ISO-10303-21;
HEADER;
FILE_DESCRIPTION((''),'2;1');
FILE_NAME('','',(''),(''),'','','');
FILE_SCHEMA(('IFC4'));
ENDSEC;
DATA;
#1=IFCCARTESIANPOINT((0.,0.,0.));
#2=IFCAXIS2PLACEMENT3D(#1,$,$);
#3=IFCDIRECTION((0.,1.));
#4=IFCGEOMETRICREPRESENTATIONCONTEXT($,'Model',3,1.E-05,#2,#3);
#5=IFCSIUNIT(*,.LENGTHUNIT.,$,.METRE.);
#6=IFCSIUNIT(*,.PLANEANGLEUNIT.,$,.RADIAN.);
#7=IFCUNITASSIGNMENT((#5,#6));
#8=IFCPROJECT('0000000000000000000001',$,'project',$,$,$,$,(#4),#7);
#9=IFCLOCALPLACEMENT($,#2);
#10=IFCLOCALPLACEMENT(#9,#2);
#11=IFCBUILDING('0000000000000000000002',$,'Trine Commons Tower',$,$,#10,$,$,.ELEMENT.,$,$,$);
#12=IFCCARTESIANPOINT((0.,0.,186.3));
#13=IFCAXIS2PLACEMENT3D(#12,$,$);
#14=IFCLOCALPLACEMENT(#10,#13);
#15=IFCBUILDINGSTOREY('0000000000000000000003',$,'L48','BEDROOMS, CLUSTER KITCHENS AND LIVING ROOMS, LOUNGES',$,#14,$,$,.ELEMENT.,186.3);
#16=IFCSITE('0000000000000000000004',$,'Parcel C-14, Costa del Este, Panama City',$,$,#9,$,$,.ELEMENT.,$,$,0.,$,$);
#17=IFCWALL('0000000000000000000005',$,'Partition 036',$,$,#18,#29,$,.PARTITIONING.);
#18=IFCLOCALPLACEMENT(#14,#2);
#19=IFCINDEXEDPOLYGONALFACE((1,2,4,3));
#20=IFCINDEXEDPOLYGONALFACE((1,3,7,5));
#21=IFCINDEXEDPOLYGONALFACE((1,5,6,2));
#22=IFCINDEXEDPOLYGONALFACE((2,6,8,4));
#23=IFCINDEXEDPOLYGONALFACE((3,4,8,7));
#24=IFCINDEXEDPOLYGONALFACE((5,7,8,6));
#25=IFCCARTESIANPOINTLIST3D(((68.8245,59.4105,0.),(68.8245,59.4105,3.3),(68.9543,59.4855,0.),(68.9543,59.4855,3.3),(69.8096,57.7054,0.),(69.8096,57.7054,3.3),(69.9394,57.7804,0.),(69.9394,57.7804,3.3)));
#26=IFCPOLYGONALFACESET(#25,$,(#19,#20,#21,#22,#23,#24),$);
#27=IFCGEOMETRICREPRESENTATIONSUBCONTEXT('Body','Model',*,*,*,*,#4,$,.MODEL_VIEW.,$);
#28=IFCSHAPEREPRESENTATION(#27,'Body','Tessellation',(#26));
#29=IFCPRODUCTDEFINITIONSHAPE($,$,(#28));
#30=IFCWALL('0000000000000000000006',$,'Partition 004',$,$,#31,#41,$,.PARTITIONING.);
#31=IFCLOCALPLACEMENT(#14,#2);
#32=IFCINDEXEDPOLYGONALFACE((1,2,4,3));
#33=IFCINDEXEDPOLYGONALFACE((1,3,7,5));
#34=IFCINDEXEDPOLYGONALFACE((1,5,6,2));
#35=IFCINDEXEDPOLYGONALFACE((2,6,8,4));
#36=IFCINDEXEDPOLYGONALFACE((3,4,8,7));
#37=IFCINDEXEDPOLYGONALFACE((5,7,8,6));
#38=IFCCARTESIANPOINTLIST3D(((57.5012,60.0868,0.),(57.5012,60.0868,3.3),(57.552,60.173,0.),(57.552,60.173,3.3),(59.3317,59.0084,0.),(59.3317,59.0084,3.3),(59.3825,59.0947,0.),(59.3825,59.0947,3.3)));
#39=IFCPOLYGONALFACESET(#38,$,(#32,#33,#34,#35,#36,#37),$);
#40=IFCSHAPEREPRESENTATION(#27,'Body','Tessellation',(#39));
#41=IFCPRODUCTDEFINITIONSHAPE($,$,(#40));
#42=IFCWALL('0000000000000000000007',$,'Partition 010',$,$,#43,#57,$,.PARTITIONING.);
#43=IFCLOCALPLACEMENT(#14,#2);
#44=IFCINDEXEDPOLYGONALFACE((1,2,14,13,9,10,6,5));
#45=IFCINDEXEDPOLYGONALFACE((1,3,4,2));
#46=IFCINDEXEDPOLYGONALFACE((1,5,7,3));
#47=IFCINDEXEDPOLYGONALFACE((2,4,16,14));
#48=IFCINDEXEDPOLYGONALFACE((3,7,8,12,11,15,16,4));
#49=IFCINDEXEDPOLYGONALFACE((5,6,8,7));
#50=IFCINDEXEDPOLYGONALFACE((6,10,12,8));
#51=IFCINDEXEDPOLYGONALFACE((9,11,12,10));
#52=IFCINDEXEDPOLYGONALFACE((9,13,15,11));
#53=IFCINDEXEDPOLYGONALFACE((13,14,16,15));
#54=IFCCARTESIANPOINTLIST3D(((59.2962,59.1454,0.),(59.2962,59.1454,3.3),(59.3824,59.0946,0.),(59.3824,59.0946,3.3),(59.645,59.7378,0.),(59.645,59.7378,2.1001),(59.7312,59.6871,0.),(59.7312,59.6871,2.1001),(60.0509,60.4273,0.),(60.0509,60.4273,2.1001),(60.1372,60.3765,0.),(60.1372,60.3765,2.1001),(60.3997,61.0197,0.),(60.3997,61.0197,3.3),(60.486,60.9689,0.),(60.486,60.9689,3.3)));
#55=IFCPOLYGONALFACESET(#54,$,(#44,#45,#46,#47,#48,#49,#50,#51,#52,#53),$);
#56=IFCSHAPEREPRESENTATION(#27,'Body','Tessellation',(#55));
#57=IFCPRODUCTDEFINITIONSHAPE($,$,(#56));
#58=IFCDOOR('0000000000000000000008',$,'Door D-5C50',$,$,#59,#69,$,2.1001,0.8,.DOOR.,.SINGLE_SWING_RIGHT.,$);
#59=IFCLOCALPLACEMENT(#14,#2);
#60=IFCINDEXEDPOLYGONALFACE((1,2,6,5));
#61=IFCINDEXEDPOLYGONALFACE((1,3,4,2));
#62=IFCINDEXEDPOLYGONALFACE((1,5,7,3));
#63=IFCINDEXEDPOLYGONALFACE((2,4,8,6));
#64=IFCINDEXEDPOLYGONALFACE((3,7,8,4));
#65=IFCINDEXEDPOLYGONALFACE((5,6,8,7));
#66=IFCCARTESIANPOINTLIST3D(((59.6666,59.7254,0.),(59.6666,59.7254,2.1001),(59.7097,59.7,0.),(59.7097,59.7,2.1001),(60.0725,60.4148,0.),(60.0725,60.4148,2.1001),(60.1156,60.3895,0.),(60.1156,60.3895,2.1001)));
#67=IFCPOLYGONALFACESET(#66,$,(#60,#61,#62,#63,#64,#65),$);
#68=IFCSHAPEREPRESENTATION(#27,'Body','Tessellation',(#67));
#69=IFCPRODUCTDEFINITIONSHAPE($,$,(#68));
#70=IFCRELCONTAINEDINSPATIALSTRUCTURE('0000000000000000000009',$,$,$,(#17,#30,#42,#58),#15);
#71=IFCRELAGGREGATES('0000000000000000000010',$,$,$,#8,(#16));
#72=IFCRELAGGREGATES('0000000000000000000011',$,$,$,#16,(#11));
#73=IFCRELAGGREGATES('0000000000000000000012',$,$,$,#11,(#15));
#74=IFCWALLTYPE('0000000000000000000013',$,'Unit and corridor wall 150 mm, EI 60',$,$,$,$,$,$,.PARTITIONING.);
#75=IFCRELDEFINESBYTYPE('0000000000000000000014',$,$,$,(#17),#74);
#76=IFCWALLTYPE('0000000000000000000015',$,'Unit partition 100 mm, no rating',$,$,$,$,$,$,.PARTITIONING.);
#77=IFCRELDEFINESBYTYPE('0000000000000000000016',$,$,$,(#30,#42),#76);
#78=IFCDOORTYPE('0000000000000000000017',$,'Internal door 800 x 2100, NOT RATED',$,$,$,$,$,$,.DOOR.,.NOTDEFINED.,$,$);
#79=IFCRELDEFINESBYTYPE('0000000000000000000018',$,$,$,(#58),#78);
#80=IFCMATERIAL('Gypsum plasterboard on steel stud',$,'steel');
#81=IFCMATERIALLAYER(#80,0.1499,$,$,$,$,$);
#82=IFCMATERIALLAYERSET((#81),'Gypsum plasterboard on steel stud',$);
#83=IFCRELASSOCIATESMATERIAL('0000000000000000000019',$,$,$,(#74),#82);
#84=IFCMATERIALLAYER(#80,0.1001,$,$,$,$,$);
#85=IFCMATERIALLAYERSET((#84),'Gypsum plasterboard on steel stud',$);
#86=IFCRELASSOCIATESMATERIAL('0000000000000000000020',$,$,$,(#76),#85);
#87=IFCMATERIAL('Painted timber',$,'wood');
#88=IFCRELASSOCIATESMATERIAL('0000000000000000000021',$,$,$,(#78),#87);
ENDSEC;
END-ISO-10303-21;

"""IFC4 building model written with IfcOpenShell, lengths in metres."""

from ifc_helpers import new_model, si_unit, direction, frame, frame_2d, origin, place, context, subcontext, project, spatial, rectangle, extrude, material, layer, layer_set, type_object, element, fill, save


model = new_model("IFC4")

# Units and contexts
model_context = context("Model", 3, precision=1e-05, world=origin(), true_north=direction((0.0, 1.0)))
body_context = subcontext(model_context, "Body", "Model", "MODEL_VIEW")
ifc_project = project(units=[si_unit("LENGTHUNIT", "METRE"), si_unit("PLANEANGLEUNIT", "RADIAN")], contexts=[model_context])

# Site, building, storey
site_placement = place(None, origin())
site = spatial("IfcSite", under=ifc_project, at=site_placement, Name="Parcel C-14, Costa del Este, Panama City", CompositionType="ELEMENT", RefElevation=0.0)
building_placement = place(site_placement, origin())
building = spatial("IfcBuilding", under=site, at=building_placement, Name="Trine Commons Tower", CompositionType="ELEMENT")
storey_placement = place(building_placement, frame((0.0, 0.0, 186.3)))
storey = spatial("IfcBuildingStorey", under=building, at=storey_placement, Name="L48", Description="BEDROOMS, CLUSTER KITCHENS AND LIVING ROOMS, LOUNGES", CompositionType="ELEMENT", Elevation=186.3)

# Shared definitions
ifc_material_1 = material(Name="Gypsum plasterboard on steel stud", Category="steel")
ifc_layer_1 = layer(ifc_material_1, 0.1499)
ifc_layer_set_1 = layer_set([ifc_layer_1], Name="Gypsum plasterboard on steel stud")
wall_type_1 = type_object("IfcWallType", Name="Unit and corridor wall 150 mm, EI 60", PredefinedType="PARTITIONING", material=ifc_layer_set_1)

# Shared definitions
ifc_material_2 = material(Name="Painted timber", Category="wood")

# Walls
wall_1_placement = place(storey_placement, frame((68.8894, 59.448, 0.0), z_axis=(0.0, 0.0, 1.0), x_axis=(0.500259, -0.865876, 0.0)))
element("IfcWall", 1, at=wall_1_placement, inside=storey, type_object=wall_type_1, Name="Partition 036", PredefinedType="PARTITIONING", context=body_context, shape_type="SweptSolid", body=[
    extrude(rectangle(XDim=1.9692, YDim=0.1499, at=frame_2d((0.9846, 0.0))), origin(), (0.0, 0.0, 1.0), 3.3),
])
ifc_layer_2 = layer(ifc_material_1, 0.1001)
ifc_layer_set_2 = layer_set([ifc_layer_2], Name="Gypsum plasterboard on steel stud")
wall_type_2 = type_object("IfcWallType", Name="Unit partition 100 mm, no rating", PredefinedType="PARTITIONING", material=ifc_layer_set_2)
wall_2_placement = place(storey_placement, frame((57.5266, 60.1299, 0.0), z_axis=(0.0, 0.0, 1.0), x_axis=(0.861612, -0.507567, 0.0)))
element("IfcWall", 2, at=wall_2_placement, inside=storey, type_object=wall_type_2, Name="Partition 004", PredefinedType="PARTITIONING", context=body_context, shape_type="SweptSolid", body=[
    extrude(rectangle(XDim=2.1245, YDim=0.1001, at=frame_2d((1.0623, 0.0))), origin(), (0.0, 0.0, 1.0), 3.3),
])

# Wall, opening, door
wall_3_placement = place(storey_placement, frame((59.3394, 59.1201, 0.0), z_axis=(0.0, 0.0, 1.0), x_axis=(0.507363, 0.861732, 0.0)))
wall_3 = element("IfcWall", 3, at=wall_3_placement, inside=storey, type_object=wall_type_2, Name="Partition 010", PredefinedType="PARTITIONING", context=body_context, shape_type="SweptSolid", body=[
    extrude(rectangle(XDim=2.175, YDim=0.1001, at=frame_2d((1.0874, 0.0))), origin(), (0.0, 0.0, 1.0), 3.3),
])
opening_1_placement = place(wall_3_placement, frame((0.6875, 0.0, 0.0)))
opening_1 = element("IfcOpeningElement", 4, at=opening_1_placement, cuts=wall_3, PredefinedType="OPENING", context=body_context, shape_type="SweptSolid", body=[
    extrude(rectangle(XDim=0.8, YDim=2.1001, at=frame_2d((0.3999, 1.05))), frame((0.0, 0.0601, 0.0), z_axis=(0.0, -1.0, 0.0), x_axis=(1.0, 0.0, 0.0)), (0.0, 0.0, 1.0), 0.1201),
])
door_type_1 = type_object("IfcDoorType", Name="Internal door 800 x 2100, NOT RATED", OperationType="NOTDEFINED", PredefinedType="DOOR", material=ifc_material_2)
door_1_placement = place(opening_1_placement, frame((0.8, 0.0, 0.0), z_axis=(0.0, 0.0, 1.0), x_axis=(-1.0, 0.0, 0.0)))
door_1 = element("IfcDoor", 5, at=door_1_placement, inside=storey, type_object=door_type_1, Name="Door D-5C50", OperationType="SINGLE_SWING_RIGHT", OverallHeight=2.1001, OverallWidth=0.8, PredefinedType="DOOR", context=body_context, shape_type="SweptSolid", body=[
    extrude(rectangle(XDim=0.8, YDim=2.1001, at=frame_2d((0.3999, 1.05))), frame((0.0, 0.0249, 0.0), z_axis=(0.0, -1.0, 0.0), x_axis=(1.0, 0.0, 0.0)), (0.0, 0.0, 1.0), 0.05),
])
fill(opening_1, door_1)

save(model, "model.ifc")
